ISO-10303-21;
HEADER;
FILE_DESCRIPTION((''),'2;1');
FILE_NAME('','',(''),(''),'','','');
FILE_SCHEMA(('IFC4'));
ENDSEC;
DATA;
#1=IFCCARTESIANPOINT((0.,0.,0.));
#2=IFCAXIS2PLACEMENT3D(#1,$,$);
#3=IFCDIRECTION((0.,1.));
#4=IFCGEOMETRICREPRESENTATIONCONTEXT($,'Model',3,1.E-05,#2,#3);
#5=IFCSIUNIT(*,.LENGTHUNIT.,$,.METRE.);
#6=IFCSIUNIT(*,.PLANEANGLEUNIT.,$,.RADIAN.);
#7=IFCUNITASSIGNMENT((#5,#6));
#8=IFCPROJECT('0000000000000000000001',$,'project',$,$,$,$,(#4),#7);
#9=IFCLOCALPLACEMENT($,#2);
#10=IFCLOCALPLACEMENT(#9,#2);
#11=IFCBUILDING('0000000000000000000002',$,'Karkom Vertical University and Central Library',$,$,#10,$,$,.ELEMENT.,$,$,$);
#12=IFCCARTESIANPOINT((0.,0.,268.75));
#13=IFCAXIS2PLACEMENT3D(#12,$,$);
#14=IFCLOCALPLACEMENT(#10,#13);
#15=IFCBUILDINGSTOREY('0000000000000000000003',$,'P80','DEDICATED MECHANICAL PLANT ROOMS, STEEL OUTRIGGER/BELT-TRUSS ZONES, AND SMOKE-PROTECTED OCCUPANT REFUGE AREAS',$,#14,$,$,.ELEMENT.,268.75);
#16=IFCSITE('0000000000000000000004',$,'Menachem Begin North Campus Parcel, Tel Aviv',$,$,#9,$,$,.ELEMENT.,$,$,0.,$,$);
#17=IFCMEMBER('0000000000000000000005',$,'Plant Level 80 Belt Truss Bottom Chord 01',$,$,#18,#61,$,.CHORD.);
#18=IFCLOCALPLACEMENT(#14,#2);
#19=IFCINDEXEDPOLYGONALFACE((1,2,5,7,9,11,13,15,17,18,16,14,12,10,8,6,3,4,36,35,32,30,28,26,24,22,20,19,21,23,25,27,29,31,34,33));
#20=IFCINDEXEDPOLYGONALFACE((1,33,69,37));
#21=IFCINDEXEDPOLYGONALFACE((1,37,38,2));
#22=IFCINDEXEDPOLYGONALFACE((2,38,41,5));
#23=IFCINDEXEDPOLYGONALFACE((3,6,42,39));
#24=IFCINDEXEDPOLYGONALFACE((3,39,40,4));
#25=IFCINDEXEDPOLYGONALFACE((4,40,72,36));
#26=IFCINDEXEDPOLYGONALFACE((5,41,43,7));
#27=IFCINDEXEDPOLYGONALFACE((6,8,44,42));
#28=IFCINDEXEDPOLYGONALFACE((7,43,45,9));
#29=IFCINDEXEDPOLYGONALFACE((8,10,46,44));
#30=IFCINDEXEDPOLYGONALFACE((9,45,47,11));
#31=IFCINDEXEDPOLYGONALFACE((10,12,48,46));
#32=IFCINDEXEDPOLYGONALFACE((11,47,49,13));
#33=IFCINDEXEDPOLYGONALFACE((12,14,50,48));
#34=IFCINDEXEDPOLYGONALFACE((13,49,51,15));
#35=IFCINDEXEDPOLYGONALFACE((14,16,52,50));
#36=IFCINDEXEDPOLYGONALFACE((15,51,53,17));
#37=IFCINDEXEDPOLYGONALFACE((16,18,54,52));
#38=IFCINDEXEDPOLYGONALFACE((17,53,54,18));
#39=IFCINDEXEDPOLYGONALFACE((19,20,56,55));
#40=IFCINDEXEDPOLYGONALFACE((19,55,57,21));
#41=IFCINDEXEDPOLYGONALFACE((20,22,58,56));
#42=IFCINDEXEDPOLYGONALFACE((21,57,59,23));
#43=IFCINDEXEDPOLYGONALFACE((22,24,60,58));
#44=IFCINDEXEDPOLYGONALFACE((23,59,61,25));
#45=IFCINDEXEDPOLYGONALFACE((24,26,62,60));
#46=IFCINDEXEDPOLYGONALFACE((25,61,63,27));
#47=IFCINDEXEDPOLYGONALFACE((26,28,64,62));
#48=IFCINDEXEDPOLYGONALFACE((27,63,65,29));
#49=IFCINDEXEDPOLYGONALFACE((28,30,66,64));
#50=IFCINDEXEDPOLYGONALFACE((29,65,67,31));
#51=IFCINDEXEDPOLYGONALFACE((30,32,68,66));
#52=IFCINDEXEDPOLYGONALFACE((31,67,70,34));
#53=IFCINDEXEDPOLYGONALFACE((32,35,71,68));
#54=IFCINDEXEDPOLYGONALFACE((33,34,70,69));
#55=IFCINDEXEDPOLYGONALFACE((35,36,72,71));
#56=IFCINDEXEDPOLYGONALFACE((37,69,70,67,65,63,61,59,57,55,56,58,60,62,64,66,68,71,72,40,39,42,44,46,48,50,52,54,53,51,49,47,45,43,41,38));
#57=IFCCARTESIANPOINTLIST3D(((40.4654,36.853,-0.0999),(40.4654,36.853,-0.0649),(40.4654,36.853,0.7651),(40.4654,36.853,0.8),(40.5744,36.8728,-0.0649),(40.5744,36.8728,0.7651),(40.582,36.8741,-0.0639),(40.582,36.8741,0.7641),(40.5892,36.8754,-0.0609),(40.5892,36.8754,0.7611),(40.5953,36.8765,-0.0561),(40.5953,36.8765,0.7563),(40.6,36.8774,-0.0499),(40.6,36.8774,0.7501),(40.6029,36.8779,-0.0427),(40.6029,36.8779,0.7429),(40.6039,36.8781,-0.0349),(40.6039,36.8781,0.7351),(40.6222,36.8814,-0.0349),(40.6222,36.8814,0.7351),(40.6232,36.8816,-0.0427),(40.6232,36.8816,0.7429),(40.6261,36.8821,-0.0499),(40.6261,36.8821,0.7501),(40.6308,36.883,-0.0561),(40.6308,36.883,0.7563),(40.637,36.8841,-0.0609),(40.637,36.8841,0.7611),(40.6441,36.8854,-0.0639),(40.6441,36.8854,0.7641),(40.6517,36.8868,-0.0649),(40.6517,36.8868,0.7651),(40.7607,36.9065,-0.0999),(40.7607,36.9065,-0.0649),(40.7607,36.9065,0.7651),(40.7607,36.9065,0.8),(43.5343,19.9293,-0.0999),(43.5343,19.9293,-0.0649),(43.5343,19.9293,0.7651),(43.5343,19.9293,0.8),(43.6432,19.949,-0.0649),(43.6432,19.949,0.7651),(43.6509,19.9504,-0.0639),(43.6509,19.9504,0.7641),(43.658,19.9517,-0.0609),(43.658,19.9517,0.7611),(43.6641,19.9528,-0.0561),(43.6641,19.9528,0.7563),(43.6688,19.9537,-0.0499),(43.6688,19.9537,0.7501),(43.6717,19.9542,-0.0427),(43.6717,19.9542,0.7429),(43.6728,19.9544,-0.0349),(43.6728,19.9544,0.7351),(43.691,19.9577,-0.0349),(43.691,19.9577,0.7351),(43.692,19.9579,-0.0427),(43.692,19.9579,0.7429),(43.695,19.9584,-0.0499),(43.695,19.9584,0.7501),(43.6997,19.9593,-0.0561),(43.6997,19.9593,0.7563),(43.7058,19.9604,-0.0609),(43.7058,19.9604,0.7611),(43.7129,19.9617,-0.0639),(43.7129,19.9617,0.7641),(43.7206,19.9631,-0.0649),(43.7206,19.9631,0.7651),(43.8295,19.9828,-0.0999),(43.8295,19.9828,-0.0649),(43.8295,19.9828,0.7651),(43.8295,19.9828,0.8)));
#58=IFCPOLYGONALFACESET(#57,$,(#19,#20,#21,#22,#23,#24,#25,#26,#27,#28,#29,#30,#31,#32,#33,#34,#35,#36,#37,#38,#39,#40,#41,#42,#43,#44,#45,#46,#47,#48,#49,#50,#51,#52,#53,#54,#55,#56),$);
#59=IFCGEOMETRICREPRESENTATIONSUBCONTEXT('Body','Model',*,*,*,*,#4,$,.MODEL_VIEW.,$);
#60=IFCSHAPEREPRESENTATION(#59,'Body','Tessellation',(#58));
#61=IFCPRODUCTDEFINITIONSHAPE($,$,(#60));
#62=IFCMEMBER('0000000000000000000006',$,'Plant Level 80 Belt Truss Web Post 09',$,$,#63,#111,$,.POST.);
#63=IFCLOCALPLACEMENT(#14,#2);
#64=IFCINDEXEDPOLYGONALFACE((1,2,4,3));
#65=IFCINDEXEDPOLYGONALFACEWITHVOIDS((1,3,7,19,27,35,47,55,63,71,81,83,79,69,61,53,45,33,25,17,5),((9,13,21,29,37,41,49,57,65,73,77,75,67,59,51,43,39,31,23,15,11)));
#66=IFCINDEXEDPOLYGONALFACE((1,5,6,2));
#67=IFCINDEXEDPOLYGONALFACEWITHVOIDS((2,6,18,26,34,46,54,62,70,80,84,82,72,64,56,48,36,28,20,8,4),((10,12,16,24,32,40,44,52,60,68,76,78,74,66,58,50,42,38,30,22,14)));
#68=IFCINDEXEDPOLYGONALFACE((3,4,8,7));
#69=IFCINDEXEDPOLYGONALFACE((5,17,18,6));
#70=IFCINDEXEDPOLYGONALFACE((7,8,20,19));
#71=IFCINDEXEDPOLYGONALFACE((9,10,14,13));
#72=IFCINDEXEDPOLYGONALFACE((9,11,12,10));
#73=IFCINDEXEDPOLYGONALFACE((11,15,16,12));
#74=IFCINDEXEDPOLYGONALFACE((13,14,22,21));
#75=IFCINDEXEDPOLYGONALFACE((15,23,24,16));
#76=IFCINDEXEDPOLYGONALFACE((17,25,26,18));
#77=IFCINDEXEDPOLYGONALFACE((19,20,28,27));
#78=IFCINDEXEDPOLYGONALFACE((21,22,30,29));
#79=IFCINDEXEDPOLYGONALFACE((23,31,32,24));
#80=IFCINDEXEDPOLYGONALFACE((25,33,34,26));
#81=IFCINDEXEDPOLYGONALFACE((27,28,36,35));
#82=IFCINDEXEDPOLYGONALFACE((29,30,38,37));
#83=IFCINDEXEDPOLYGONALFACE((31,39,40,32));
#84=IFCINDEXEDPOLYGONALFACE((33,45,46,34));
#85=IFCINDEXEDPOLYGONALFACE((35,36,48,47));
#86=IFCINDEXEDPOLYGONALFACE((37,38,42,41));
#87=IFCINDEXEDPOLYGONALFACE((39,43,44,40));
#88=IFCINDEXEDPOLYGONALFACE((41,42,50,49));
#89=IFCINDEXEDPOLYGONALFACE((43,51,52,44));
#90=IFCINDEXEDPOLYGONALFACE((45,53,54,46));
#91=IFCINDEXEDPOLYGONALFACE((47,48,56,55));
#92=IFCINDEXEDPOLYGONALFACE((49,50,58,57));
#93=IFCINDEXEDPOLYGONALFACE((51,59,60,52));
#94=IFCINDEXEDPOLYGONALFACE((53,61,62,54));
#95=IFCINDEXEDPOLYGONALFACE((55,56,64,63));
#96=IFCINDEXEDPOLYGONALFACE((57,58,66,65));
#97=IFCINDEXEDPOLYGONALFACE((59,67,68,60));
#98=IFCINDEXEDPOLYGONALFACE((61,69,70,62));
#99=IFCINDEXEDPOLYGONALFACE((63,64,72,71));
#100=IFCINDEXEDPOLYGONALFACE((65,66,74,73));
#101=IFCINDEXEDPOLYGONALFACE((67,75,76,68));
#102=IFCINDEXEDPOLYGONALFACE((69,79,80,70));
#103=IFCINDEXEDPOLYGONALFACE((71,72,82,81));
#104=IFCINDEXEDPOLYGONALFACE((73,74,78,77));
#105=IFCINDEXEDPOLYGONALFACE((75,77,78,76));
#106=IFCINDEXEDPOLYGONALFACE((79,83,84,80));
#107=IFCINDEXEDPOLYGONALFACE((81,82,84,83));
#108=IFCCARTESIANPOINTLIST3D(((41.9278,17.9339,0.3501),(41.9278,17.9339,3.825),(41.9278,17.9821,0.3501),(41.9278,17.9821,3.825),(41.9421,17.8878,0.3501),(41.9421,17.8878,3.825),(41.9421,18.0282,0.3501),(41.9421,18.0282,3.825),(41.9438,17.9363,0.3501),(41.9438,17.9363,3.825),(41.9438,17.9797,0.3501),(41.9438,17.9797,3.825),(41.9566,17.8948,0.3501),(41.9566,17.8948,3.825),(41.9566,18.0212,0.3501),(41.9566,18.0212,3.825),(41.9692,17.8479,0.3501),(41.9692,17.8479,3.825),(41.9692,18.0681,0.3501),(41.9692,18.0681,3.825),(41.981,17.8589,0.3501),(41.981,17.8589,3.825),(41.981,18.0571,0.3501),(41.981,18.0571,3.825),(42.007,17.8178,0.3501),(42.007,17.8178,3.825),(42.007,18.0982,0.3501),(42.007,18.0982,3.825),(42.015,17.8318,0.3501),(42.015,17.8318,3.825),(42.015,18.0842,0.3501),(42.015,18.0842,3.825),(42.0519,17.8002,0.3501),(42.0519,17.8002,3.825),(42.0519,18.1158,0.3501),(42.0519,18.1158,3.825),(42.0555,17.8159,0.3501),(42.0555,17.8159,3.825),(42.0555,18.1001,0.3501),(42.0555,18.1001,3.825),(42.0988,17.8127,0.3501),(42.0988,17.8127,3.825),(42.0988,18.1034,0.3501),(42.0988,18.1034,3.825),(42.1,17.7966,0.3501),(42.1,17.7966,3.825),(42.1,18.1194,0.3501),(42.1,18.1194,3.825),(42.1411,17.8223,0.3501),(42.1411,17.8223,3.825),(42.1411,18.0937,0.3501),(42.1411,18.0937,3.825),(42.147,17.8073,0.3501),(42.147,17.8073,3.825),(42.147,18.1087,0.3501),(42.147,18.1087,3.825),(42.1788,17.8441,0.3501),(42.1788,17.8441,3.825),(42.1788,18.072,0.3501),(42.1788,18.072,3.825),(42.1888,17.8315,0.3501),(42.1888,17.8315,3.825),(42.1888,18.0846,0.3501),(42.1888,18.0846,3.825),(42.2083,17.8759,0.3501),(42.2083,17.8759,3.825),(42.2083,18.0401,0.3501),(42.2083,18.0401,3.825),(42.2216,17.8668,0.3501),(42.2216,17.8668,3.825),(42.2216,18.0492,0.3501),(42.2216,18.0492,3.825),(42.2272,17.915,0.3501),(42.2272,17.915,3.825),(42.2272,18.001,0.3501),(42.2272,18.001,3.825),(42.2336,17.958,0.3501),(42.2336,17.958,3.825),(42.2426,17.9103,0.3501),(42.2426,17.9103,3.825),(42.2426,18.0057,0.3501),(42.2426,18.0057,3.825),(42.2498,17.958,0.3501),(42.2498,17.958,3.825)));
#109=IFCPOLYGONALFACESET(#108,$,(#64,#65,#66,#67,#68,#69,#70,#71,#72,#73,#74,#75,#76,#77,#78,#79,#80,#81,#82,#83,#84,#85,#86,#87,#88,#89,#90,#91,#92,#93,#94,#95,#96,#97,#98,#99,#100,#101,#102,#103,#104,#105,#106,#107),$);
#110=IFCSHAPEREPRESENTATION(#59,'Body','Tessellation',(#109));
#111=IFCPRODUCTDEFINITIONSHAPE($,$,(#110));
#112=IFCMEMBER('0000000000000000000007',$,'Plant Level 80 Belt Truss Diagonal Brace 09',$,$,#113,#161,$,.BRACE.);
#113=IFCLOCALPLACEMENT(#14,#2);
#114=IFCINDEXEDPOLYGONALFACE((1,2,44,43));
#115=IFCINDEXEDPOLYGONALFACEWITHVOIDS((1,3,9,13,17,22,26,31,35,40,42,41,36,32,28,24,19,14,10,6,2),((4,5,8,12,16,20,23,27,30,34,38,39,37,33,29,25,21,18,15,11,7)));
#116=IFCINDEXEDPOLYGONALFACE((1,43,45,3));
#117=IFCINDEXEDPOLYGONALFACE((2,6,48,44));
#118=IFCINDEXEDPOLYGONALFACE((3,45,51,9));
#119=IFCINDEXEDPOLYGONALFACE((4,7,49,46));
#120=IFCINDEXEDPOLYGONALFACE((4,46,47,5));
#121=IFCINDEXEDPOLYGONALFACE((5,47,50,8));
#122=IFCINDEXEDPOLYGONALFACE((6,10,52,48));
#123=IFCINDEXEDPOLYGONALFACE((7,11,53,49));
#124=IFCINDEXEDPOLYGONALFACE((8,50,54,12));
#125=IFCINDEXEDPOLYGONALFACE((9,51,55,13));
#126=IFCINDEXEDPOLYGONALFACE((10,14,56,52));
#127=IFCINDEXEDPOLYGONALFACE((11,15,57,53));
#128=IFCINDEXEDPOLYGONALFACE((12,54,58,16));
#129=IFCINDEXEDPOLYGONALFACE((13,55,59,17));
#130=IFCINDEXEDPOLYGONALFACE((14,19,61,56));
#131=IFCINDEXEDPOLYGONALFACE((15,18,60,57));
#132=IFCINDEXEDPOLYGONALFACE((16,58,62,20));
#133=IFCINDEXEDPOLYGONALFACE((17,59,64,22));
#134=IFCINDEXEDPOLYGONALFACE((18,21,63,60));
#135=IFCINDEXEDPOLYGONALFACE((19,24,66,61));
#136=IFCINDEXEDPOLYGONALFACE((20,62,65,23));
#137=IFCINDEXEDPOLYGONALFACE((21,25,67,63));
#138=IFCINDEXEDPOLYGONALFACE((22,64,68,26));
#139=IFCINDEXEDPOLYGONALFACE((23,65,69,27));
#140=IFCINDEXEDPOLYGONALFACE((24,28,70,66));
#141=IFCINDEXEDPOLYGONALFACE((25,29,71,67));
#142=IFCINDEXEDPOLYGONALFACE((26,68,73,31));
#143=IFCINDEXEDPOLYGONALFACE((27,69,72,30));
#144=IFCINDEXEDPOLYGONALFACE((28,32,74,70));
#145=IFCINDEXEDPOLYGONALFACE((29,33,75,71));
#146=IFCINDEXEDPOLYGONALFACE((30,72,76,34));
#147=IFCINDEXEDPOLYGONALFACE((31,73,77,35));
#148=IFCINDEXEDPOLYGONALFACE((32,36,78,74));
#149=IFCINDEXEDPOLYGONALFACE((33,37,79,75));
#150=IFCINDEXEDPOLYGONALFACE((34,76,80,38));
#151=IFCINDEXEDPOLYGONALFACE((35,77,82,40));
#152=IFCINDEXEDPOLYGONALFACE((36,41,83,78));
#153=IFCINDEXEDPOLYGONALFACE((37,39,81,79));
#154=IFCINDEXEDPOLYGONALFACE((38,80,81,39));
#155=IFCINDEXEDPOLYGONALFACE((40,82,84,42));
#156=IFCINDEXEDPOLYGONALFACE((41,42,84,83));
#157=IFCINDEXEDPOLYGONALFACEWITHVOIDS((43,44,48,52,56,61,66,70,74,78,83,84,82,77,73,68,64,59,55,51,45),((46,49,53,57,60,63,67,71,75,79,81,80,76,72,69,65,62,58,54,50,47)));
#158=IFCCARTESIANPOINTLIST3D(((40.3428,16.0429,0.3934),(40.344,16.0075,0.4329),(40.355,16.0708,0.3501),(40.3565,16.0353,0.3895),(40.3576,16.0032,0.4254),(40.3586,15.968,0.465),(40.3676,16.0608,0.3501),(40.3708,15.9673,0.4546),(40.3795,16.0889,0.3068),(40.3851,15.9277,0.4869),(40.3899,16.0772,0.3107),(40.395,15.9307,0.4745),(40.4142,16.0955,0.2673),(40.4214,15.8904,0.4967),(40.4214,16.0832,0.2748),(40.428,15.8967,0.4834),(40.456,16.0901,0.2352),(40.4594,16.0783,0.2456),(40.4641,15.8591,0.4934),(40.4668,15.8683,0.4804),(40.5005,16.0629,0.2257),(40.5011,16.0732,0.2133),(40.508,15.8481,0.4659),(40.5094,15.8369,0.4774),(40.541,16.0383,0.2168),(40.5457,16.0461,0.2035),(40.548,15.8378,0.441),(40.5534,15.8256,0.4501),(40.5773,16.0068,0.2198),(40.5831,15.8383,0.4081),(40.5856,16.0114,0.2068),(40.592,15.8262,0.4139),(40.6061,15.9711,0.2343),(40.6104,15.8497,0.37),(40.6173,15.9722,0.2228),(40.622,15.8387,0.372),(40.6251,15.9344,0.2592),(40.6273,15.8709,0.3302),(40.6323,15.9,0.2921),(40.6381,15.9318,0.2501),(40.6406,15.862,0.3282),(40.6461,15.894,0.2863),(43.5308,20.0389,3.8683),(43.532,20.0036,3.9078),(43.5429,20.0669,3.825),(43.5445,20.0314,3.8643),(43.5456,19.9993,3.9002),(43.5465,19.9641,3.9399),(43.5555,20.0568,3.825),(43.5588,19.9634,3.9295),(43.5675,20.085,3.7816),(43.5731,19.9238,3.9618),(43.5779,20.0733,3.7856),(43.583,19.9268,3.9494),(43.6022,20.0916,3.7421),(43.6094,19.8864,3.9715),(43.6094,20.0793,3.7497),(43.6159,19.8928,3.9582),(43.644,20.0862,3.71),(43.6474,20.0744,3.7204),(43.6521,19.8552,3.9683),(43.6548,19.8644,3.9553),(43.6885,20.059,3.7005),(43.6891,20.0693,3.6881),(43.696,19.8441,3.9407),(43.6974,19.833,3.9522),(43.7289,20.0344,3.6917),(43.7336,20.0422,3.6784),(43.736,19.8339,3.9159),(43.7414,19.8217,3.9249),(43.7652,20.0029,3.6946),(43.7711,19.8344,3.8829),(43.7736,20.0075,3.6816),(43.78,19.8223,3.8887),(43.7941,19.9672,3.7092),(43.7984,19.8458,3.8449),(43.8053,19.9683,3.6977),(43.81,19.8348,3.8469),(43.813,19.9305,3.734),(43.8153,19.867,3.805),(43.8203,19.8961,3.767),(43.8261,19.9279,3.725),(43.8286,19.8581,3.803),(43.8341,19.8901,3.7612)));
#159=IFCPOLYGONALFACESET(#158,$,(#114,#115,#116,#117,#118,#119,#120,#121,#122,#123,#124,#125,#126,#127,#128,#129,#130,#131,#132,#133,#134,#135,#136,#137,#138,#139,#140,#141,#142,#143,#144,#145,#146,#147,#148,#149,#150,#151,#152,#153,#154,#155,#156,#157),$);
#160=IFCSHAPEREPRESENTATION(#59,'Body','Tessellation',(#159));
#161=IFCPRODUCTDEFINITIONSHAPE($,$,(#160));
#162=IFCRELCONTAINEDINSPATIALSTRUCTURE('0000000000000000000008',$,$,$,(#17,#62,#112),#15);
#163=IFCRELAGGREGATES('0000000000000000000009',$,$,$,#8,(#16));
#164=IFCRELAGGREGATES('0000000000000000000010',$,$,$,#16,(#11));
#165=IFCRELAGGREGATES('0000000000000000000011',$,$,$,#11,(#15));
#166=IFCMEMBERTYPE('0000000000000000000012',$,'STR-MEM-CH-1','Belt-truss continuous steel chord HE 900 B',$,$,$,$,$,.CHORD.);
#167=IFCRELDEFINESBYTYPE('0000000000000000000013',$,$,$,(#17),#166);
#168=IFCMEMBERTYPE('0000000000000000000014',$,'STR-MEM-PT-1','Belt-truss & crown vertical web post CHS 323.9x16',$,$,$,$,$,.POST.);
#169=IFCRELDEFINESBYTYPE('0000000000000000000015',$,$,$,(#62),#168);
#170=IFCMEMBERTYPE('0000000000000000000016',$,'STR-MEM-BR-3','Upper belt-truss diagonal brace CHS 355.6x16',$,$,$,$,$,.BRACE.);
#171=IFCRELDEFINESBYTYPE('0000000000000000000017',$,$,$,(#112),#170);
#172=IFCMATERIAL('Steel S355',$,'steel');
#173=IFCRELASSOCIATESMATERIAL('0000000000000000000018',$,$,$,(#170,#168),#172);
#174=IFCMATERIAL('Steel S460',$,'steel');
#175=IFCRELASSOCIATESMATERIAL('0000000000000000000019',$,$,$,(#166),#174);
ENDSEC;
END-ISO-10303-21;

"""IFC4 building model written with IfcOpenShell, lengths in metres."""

from ifc_helpers import new_model, si_unit, direction, frame, origin, origin_with_axes, origin_2d, place, context, subcontext, project, spatial, hollow_circle, i_section, extrude, source, transform, mapped, material, material_profile, profile_set, type_object, element, save


model = new_model("IFC4")

# Units and contexts
model_context = context("Model", 3, precision=1e-05, world=origin(), true_north=direction((0.0, 1.0)))
body_context = subcontext(model_context, "Body", "Model", "MODEL_VIEW")
ifc_project = project(units=[si_unit("LENGTHUNIT", "METRE"), si_unit("PLANEANGLEUNIT", "RADIAN")], contexts=[model_context])

# Site, building, storey
site_placement = place(None, origin())
site = spatial("IfcSite", under=ifc_project, at=site_placement, Name="Menachem Begin North Campus Parcel, Tel Aviv", CompositionType="ELEMENT", RefElevation=0.0)
building_placement = place(site_placement, origin())
building = spatial("IfcBuilding", under=site, at=building_placement, Name="Karkom Vertical University and Central Library", CompositionType="ELEMENT")
storey_placement = place(building_placement, frame((0.0, 0.0, 268.75)))
storey = spatial("IfcBuildingStorey", under=building, at=storey_placement, Name="P80", Description="DEDICATED MECHANICAL PLANT ROOMS, STEEL OUTRIGGER/BELT-TRUSS ZONES, AND SMOKE-PROTECTED OCCUPANT REFUGE AREAS", CompositionType="ELEMENT", Elevation=268.75)

# Shared definitions
ifc_material_1 = material(Name="Steel S355", Category="steel")
ifc_material_2 = material(Name="Steel S460", Category="steel")

# Members
ifc_material_profile_1 = material_profile(ifc_material_1, hollow_circle(Radius=0.1777, WallThickness=0.0161, at=origin_2d()), Name="CHS 355.6x16")
ifc_profile_set_1 = profile_set([ifc_material_profile_1], Name="Steel S355")
member_type_1 = type_object("IfcMemberType", Name="STR-MEM-BR-3", Description="Upper belt-truss diagonal brace CHS 355.6x16", PredefinedType="BRACE", material=ifc_profile_set_1)
ifc_material_profile_2 = material_profile(ifc_material_2, i_section(OverallWidth=0.3, OverallDepth=0.8999, WebThickness=0.0186, FlangeThickness=0.0349, FilletRadius=0.03, at=origin_2d()), Name="HE 900 B")
ifc_profile_set_2 = profile_set([ifc_material_profile_2], Name="Steel S460")
member_type_2 = type_object("IfcMemberType", Name="STR-MEM-CH-1", Description="Belt-truss continuous steel chord HE 900 B", PredefinedType="CHORD", material=ifc_profile_set_2)
shared_shape_1 = source(origin_with_axes(), body_context, "Body", "SweptSolid", [
    extrude(i_section(OverallWidth=0.3, OverallDepth=0.8999, WebThickness=0.0186, FlangeThickness=0.0349, FilletRadius=0.03, at=origin_2d()), origin(), (0.0, 0.0, 1.0), 17.1997),
])
member_1_placement = place(storey_placement, frame((43.6819, 19.9561, 0.3501), z_axis=(-0.178423, 0.983954, 0.0), x_axis=(-0.983954, -0.178423, 0.0)))
element("IfcMember", 1, at=member_1_placement, inside=storey, type_object=member_type_2, Name="Plant Level 80 Belt Truss Bottom Chord 01", PredefinedType="CHORD", context=body_context, shape_type="MappedRepresentation", body=[
    mapped(shared_shape_1, transform((0.0, 0.0, 0.0), scale=1.0)),
])
ifc_material_profile_3 = material_profile(ifc_material_1, hollow_circle(Radius=0.1619, WallThickness=0.0161, at=origin_2d()), Name="CHS 323.9x16")
ifc_profile_set_3 = profile_set([ifc_material_profile_3], Name="Steel S355")
member_type_3 = type_object("IfcMemberType", Name="STR-MEM-PT-1", Description="Belt-truss & crown vertical web post CHS 323.9x16", PredefinedType="POST", material=ifc_profile_set_3)
shared_shape_2 = source(origin_with_axes(), body_context, "Body", "SweptSolid", [
    extrude(hollow_circle(Radius=0.1619, WallThickness=0.0161, at=origin_2d()), origin(), (0.0, 0.0, 1.0), 3.4749),
])
member_2_placement = place(storey_placement, frame((42.0879, 17.958, 0.3501), z_axis=(0.0, 0.0, 1.0), x_axis=(1.0, 0.0, 0.0)))
element("IfcMember", 2, at=member_2_placement, inside=storey, type_object=member_type_3, Name="Plant Level 80 Belt Truss Web Post 09", PredefinedType="POST", context=body_context, shape_type="MappedRepresentation", body=[
    mapped(shared_shape_2, transform((0.0, 0.0, 0.0), scale=1.0)),
])
shared_shape_3 = source(origin_with_axes(), body_context, "Body", "SweptSolid", [
    extrude(hollow_circle(Radius=0.1777, WallThickness=0.0161, at=origin_2d()), origin(), (0.0, 0.0, 1.0), 6.1812),
])
member_3_placement = place(storey_placement, frame((40.4939, 15.96, 0.3501), z_axis=(0.51576, 0.646497, 0.562169), x_axis=(-0.781716, 0.623634, 0.0)))
element("IfcMember", 3, at=member_3_placement, inside=storey, type_object=member_type_1, Name="Plant Level 80 Belt Truss Diagonal Brace 09", PredefinedType="BRACE", context=body_context, shape_type="MappedRepresentation", body=[
    mapped(shared_shape_3, transform((0.0, 0.0, 0.0), scale=1.0)),
])

save(model, "model.ifc")
